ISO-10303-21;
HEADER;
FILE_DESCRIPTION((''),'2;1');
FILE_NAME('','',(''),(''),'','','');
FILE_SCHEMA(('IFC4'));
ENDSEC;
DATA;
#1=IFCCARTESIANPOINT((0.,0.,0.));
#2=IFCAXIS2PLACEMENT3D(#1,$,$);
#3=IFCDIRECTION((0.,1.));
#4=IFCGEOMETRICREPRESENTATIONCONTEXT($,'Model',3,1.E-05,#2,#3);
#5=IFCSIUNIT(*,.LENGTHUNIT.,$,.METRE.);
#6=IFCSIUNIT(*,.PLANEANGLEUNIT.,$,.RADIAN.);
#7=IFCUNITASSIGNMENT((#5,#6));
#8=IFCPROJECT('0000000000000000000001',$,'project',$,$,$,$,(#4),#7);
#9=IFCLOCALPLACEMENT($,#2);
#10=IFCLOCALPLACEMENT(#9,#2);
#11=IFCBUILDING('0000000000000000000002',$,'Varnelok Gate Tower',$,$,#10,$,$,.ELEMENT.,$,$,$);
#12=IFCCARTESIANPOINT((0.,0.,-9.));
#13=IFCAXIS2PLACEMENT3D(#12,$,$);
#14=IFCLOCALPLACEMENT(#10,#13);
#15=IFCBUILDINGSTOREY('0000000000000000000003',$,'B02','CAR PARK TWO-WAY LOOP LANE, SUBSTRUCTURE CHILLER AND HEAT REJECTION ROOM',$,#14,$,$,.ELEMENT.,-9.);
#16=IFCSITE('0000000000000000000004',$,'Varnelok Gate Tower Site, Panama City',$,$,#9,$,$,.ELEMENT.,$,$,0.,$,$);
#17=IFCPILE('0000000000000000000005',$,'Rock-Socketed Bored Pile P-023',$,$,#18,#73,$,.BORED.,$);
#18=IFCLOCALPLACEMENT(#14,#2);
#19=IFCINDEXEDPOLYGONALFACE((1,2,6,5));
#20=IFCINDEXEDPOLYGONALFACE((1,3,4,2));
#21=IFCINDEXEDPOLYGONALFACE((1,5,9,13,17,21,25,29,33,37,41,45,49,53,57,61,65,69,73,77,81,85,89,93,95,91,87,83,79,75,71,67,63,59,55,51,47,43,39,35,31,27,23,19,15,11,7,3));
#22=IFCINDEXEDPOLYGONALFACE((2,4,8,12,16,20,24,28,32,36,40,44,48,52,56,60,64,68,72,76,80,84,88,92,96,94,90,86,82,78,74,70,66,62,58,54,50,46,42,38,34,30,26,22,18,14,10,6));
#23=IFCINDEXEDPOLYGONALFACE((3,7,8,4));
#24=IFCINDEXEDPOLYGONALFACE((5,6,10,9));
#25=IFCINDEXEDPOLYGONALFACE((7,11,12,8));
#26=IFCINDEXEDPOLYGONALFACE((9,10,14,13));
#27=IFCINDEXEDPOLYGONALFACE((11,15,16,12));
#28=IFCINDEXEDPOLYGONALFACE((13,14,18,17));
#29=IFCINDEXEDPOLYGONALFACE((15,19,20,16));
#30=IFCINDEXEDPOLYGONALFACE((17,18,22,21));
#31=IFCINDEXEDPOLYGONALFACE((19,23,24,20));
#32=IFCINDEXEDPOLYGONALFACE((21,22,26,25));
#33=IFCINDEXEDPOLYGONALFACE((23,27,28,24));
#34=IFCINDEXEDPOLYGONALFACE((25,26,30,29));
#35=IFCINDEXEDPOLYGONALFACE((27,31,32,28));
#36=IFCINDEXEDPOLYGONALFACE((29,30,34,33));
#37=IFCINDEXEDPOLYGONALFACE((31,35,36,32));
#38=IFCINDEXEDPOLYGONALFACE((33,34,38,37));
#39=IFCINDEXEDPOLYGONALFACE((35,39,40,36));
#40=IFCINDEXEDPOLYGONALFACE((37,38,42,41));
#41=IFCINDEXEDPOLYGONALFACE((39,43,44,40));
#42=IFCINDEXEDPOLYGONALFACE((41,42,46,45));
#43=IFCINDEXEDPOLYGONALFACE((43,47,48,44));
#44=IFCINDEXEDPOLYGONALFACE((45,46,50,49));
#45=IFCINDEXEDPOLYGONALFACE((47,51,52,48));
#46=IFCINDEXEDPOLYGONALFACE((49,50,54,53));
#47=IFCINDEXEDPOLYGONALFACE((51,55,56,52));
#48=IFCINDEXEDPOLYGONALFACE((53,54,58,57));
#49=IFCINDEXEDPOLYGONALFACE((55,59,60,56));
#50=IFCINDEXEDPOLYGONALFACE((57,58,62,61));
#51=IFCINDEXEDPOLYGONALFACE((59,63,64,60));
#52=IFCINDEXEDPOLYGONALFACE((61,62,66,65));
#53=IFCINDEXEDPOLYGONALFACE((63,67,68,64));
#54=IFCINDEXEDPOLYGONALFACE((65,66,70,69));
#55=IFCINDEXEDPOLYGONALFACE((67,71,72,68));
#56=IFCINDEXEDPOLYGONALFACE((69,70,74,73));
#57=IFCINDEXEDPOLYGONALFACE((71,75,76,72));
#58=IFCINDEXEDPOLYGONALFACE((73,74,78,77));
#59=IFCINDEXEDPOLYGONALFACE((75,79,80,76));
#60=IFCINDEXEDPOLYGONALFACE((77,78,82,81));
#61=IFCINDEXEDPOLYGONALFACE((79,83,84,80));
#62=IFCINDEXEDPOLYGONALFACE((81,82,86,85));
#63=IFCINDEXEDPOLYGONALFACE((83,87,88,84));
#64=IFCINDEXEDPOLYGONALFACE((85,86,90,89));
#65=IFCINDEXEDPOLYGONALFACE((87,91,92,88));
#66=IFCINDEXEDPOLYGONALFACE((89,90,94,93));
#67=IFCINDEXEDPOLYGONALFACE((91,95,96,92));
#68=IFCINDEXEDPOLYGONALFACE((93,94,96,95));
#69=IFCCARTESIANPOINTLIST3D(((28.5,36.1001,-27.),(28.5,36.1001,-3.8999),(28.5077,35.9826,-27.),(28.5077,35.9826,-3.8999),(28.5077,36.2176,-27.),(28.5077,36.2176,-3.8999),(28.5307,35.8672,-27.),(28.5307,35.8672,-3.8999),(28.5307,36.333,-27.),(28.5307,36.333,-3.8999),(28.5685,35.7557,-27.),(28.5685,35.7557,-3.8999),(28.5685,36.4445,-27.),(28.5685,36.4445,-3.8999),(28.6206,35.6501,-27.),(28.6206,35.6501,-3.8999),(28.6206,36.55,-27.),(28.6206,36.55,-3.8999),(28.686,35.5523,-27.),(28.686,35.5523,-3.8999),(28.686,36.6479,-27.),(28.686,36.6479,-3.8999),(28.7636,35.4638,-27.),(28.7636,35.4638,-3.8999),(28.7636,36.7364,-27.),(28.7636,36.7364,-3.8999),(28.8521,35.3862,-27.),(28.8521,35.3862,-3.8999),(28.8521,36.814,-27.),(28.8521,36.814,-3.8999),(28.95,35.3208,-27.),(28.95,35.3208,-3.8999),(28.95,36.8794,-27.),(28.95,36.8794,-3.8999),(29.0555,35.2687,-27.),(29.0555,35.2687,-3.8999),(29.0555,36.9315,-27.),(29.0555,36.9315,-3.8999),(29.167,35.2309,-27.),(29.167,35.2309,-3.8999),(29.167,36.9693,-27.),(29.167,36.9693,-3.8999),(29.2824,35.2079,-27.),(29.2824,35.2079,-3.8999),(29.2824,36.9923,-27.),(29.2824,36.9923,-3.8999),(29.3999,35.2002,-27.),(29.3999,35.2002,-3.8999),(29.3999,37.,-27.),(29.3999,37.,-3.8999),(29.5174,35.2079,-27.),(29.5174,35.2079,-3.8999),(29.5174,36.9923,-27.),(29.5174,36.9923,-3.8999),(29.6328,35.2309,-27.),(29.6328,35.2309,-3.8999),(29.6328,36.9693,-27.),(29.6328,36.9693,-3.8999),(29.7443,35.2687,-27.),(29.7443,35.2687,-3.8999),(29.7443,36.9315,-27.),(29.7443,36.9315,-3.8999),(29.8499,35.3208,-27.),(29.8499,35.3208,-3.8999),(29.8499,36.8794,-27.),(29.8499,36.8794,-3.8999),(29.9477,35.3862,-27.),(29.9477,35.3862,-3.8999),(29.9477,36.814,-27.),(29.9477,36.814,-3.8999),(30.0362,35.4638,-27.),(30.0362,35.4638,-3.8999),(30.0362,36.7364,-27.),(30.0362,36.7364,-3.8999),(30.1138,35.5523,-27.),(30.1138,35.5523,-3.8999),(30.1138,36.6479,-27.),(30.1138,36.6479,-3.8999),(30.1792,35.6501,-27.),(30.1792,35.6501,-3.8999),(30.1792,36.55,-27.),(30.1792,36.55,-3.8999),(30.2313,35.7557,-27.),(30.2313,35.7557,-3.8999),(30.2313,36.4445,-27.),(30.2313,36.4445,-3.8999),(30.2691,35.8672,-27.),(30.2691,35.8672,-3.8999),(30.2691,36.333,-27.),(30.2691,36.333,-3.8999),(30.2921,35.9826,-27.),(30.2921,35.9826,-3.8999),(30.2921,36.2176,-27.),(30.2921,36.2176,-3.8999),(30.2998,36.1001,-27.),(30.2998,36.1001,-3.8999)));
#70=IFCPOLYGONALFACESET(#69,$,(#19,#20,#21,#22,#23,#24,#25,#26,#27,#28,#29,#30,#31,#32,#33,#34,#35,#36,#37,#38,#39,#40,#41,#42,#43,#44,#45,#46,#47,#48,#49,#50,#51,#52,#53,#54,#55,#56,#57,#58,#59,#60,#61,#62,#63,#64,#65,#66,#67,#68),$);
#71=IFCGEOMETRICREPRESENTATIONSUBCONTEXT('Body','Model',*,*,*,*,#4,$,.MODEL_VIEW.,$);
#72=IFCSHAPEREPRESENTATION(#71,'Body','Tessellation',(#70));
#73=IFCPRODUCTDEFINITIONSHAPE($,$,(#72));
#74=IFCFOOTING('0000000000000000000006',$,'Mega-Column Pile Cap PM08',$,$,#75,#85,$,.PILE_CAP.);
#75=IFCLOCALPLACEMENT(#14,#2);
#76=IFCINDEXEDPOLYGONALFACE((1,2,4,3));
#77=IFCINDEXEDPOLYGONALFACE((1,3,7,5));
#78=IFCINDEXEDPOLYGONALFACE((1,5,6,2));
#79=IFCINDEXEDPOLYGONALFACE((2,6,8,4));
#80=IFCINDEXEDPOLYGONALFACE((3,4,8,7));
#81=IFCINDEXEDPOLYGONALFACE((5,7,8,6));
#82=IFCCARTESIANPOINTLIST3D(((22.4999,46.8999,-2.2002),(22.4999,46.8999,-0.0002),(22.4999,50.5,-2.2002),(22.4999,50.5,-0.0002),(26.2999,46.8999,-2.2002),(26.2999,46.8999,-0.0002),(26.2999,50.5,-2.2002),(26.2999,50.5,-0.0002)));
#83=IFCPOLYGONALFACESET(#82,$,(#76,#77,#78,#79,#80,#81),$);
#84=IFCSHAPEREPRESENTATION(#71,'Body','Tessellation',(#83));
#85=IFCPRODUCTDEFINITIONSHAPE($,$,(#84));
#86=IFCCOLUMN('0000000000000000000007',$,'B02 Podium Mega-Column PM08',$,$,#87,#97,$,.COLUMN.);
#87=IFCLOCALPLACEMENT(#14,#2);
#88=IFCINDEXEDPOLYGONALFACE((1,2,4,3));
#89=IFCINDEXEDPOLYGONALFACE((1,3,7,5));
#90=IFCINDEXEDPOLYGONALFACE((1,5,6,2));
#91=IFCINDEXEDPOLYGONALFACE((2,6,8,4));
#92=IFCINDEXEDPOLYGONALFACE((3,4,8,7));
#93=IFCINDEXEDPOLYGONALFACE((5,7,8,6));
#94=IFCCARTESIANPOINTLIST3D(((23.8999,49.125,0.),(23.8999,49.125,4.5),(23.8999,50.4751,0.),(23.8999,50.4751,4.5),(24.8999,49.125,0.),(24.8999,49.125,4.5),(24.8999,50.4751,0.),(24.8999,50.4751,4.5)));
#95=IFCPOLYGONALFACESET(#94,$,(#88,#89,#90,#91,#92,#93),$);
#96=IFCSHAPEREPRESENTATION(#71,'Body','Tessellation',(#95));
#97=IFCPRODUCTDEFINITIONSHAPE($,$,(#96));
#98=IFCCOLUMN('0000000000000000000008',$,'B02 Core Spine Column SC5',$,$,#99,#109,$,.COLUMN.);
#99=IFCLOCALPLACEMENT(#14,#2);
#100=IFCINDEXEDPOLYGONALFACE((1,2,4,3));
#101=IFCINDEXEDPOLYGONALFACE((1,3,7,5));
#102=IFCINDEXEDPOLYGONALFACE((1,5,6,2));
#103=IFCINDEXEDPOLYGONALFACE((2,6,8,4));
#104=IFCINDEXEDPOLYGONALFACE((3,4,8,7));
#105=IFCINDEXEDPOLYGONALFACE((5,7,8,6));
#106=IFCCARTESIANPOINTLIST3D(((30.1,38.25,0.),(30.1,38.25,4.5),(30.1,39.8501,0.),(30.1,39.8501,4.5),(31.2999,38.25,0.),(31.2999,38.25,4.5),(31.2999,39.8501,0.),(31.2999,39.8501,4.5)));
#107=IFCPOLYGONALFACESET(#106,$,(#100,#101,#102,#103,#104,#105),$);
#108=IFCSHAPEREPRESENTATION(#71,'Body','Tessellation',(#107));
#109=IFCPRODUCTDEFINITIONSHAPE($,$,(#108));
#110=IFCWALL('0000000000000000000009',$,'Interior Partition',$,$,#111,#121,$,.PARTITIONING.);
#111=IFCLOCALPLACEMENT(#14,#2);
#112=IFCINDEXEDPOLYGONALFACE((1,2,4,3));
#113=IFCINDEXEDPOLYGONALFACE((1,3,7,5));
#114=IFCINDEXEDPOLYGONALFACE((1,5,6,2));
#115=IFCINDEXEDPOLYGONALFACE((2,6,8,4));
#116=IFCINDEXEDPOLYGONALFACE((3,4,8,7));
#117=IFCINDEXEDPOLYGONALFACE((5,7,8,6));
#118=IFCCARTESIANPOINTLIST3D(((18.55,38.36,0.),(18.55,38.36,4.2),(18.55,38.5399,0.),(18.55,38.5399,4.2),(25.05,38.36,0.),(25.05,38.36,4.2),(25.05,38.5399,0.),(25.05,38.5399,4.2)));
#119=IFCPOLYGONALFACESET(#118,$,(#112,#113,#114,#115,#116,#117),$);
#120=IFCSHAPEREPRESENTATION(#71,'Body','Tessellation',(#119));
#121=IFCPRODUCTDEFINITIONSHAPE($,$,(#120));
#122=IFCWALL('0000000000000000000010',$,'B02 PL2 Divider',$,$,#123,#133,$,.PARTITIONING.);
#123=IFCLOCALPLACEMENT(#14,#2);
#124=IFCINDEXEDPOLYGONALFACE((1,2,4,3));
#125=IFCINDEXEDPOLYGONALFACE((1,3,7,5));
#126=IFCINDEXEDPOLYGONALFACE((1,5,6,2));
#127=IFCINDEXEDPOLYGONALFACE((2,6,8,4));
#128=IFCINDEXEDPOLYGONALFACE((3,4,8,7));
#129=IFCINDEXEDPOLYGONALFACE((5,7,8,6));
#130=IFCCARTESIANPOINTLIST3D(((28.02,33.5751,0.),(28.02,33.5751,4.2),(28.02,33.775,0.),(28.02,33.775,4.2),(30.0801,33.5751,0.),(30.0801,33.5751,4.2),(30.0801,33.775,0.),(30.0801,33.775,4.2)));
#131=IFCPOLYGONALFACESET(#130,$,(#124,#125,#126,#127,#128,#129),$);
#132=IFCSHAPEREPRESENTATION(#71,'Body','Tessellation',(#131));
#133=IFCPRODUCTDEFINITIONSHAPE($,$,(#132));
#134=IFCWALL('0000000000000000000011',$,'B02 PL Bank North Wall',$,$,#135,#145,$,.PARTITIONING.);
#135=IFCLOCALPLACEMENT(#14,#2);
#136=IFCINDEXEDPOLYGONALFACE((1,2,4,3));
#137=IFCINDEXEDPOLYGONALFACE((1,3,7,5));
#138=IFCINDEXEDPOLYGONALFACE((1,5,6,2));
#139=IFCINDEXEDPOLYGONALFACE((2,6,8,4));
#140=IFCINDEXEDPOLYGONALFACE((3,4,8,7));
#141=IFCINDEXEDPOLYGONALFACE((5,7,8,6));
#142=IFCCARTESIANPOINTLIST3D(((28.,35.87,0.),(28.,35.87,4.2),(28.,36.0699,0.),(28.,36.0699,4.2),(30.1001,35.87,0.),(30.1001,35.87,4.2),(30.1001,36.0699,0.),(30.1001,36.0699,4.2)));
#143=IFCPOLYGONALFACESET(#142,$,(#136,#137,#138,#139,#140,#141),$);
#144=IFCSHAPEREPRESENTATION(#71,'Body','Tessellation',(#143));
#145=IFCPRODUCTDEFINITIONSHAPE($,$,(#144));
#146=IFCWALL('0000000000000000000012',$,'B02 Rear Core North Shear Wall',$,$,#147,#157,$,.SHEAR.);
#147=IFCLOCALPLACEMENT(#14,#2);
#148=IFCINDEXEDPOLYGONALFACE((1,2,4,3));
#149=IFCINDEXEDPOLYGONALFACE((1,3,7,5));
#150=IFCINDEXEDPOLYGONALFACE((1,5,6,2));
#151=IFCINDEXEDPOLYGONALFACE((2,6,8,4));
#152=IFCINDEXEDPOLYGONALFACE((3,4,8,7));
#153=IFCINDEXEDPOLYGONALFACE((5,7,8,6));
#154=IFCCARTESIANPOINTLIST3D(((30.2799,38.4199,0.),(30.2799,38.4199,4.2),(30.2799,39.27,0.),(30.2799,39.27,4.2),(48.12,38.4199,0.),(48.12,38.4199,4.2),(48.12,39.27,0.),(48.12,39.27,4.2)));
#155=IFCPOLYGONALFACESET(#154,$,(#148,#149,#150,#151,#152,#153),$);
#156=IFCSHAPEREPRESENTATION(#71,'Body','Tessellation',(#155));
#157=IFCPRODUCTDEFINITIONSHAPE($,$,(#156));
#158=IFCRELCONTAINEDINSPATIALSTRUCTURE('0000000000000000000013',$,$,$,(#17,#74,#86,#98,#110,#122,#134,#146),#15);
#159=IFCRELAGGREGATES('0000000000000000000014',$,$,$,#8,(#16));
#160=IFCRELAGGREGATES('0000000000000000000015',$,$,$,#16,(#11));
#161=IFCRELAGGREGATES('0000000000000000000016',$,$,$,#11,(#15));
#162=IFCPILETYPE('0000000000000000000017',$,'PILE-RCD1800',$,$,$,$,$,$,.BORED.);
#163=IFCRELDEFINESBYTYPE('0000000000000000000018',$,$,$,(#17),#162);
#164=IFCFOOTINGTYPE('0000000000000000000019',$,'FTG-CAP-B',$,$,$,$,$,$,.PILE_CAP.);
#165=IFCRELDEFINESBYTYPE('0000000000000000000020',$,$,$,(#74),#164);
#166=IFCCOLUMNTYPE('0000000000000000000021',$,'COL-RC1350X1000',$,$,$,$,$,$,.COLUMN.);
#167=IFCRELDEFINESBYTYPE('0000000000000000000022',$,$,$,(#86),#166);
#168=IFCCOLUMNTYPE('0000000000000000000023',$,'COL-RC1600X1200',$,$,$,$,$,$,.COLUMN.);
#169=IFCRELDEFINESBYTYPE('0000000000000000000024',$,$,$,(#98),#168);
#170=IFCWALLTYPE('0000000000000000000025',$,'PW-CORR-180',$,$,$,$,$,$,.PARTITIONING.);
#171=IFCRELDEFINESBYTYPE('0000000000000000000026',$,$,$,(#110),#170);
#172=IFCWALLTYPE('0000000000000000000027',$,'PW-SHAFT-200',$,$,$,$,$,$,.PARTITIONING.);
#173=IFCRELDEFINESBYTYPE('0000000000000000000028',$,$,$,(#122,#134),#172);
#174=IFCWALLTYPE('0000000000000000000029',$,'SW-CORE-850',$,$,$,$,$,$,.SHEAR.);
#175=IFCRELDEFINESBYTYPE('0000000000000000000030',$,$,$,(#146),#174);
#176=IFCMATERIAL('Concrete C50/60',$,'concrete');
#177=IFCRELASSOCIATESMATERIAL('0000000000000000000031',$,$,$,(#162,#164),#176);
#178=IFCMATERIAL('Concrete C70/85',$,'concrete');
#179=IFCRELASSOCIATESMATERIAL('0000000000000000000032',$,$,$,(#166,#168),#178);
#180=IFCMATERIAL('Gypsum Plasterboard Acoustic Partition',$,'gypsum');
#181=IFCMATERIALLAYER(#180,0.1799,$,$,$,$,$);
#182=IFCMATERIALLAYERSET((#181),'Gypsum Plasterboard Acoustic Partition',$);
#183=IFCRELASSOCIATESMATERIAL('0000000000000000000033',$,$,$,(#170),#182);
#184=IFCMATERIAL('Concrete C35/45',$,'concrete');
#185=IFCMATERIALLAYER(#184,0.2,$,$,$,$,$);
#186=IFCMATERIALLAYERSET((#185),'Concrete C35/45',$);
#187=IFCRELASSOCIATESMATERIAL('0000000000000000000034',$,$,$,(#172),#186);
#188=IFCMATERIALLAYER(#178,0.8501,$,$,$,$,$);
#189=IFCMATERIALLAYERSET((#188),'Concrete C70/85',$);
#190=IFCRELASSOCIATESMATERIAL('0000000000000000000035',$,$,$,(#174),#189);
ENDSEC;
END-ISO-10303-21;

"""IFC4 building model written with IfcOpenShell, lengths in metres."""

from ifc_helpers import new_model, si_unit, direction, frame, frame_2d, origin, origin_2d, place, context, subcontext, project, spatial, rectangle, circle, extrude, source, transform, mapped, material, layer, layer_set, material_profile, profile_set, type_object, element, save


model = new_model("IFC4")

# Units and contexts
model_context = context("Model", 3, precision=1e-05, world=origin(), true_north=direction((0.0, 1.0)))
body_context = subcontext(model_context, "Body", "Model", "MODEL_VIEW")
ifc_project = project(units=[si_unit("LENGTHUNIT", "METRE"), si_unit("PLANEANGLEUNIT", "RADIAN")], contexts=[model_context])

# Site, building, storey
site_placement = place(None, origin())
site = spatial("IfcSite", under=ifc_project, at=site_placement, Name="Varnelok Gate Tower Site, Panama City", CompositionType="ELEMENT", RefElevation=0.0)
building_placement = place(site_placement, origin())
building = spatial("IfcBuilding", under=site, at=building_placement, Name="Varnelok Gate Tower", CompositionType="ELEMENT")
storey_placement = place(building_placement, frame((0.0, 0.0, -9.0)))
storey = spatial("IfcBuildingStorey", under=building, at=storey_placement, Name="B02", Description="CAR PARK TWO-WAY LOOP LANE, SUBSTRUCTURE CHILLER AND HEAT REJECTION ROOM", CompositionType="ELEMENT", Elevation=-9.0)

# Shared definitions
ifc_material_1 = material(Name="Concrete C50/60", Category="concrete")

# Pile
ifc_material_profile_1 = material_profile(ifc_material_1, circle(Radius=0.8999, at=origin_2d()), Name="RCD1800")
ifc_profile_set_1 = profile_set([ifc_material_profile_1], Name="Concrete C50/60")
pile_type_1 = type_object("IfcPileType", Name="PILE-RCD1800", PredefinedType="BORED", material=ifc_profile_set_1)
pile_placement = place(storey_placement, frame((29.3999, 36.1001, -3.8999), z_axis=(0.0, 0.0, -1.0), x_axis=(1.0, 0.0, 0.0)))
element("IfcPile", 1, at=pile_placement, inside=storey, type_object=pile_type_1, Name="Rock-Socketed Bored Pile P-023", PredefinedType="BORED", context=body_context, shape_type="SweptSolid", body=[
    extrude(circle(Radius=0.8999, at=origin_2d()), origin(), (0.0, 0.0, 1.0), 23.1001),
])

# Footing
footing_type_1 = type_object("IfcFootingType", Name="FTG-CAP-B", PredefinedType="PILE_CAP", material=ifc_material_1)
shared_shape_1 = source(origin(), body_context, "Body", "SweptSolid", [
    extrude(rectangle(XDim=3.8, YDim=3.6001, at=origin_2d()), origin(), (0.0, 0.0, 1.0), 2.2),
])
footing_1_placement = place(storey_placement, frame((24.3999, 48.7, -2.2002), z_axis=(0.0, 0.0, 1.0), x_axis=(1.0, 0.0, 0.0)))
element("IfcFooting", 2, at=footing_1_placement, inside=storey, type_object=footing_type_1, Name="Mega-Column Pile Cap PM08", PredefinedType="PILE_CAP", context=body_context, shape_type="MappedRepresentation", body=[
    mapped(shared_shape_1, transform((0.0, 0.0, 0.0), scale=1.0)),
])

# Columns
ifc_material_2 = material(Name="Concrete C70/85", Category="concrete")
ifc_material_profile_2 = material_profile(ifc_material_2, rectangle(XDim=1.0, YDim=1.3501, at=origin_2d()), Name="RC1350X1000")
ifc_profile_set_2 = profile_set([ifc_material_profile_2], Name="Concrete C70/85")
column_type_1 = type_object("IfcColumnType", Name="COL-RC1350X1000", PredefinedType="COLUMN", material=ifc_profile_set_2)
column_1_placement = place(storey_placement, frame((24.3999, 49.8, 0.0), z_axis=(0.0, 0.0, 1.0), x_axis=(1.0, 0.0, 0.0)))
element("IfcColumn", 3, at=column_1_placement, inside=storey, type_object=column_type_1, Name="B02 Podium Mega-Column PM08", PredefinedType="COLUMN", context=body_context, shape_type="SweptSolid", body=[
    extrude(rectangle(XDim=1.0, YDim=1.3501, at=origin_2d()), origin(), (0.0, 0.0, 1.0), 4.5),
])
ifc_material_profile_3 = material_profile(ifc_material_2, rectangle(XDim=1.2, YDim=1.6001, at=origin_2d()), Name="RC1600X1200")
ifc_profile_set_3 = profile_set([ifc_material_profile_3], Name="Concrete C70/85")
column_type_2 = type_object("IfcColumnType", Name="COL-RC1600X1200", PredefinedType="COLUMN", material=ifc_profile_set_3)
column_2_placement = place(storey_placement, frame((30.7, 39.05, 0.0), z_axis=(0.0, 0.0, 1.0), x_axis=(1.0, 0.0, 0.0)))
element("IfcColumn", 4, at=column_2_placement, inside=storey, type_object=column_type_2, Name="B02 Core Spine Column SC5", PredefinedType="COLUMN", context=body_context, shape_type="SweptSolid", body=[
    extrude(rectangle(XDim=1.2, YDim=1.6001, at=origin_2d()), origin(), (0.0, 0.0, 1.0), 4.5),
])

# Walls
ifc_material_3 = material(Name="Gypsum Plasterboard Acoustic Partition", Category="gypsum")
ifc_layer_1 = layer(ifc_material_3, 0.1799)
ifc_layer_set_1 = layer_set([ifc_layer_1], Name="Gypsum Plasterboard Acoustic Partition")
wall_type_1 = type_object("IfcWallType", Name="PW-CORR-180", PredefinedType="PARTITIONING", material=ifc_layer_set_1)
wall_1_placement = place(storey_placement, frame((18.55, 38.45, 0.0), z_axis=(0.0, 0.0, 1.0), x_axis=(1.0, 0.0, 0.0)))
element("IfcWall", 5, at=wall_1_placement, inside=storey, type_object=wall_type_1, Name="Interior Partition", PredefinedType="PARTITIONING", context=body_context, shape_type="SweptSolid", body=[
    extrude(rectangle(XDim=6.5, YDim=0.1799, at=frame_2d((3.25, 0.0))), origin(), (0.0, 0.0, 1.0), 4.2),
])
ifc_material_4 = material(Name="Concrete C35/45", Category="concrete")
ifc_layer_2 = layer(ifc_material_4, 0.2)
ifc_layer_set_2 = layer_set([ifc_layer_2], Name="Concrete C35/45")
wall_type_2 = type_object("IfcWallType", Name="PW-SHAFT-200", PredefinedType="PARTITIONING", material=ifc_layer_set_2)
wall_2_placement = place(storey_placement, frame((28.02, 33.675, 0.0), z_axis=(0.0, 0.0, 1.0), x_axis=(1.0, 0.0, 0.0)))
element("IfcWall", 6, at=wall_2_placement, inside=storey, type_object=wall_type_2, Name="B02 PL2 Divider", PredefinedType="PARTITIONING", context=body_context, shape_type="SweptSolid", body=[
    extrude(rectangle(XDim=2.0601, YDim=0.2, at=frame_2d((1.03, 0.0))), origin(), (0.0, 0.0, 1.0), 4.2),
])
wall_3_placement = place(storey_placement, frame((28.0, 35.97, 0.0), z_axis=(0.0, 0.0, 1.0), x_axis=(1.0, 0.0, 0.0)))
element("IfcWall", 7, at=wall_3_placement, inside=storey, type_object=wall_type_2, Name="B02 PL Bank North Wall", PredefinedType="PARTITIONING", context=body_context, shape_type="SweptSolid", body=[
    extrude(rectangle(XDim=2.1001, YDim=0.2, at=frame_2d((1.05, 0.0))), origin(), (0.0, 0.0, 1.0), 4.2),
])
ifc_layer_3 = layer(ifc_material_2, 0.8501)
ifc_layer_set_3 = layer_set([ifc_layer_3], Name="Concrete C70/85")
wall_type_3 = type_object("IfcWallType", Name="SW-CORE-850", PredefinedType="SHEAR", material=ifc_layer_set_3)
wall_4_placement = place(storey_placement, frame((30.28, 38.845, 0.0), z_axis=(0.0, 0.0, 1.0), x_axis=(1.0, 0.0, 0.0)))
element("IfcWall", 8, at=wall_4_placement, inside=storey, type_object=wall_type_3, Name="B02 Rear Core North Shear Wall", PredefinedType="SHEAR", context=body_context, shape_type="SweptSolid", body=[
    extrude(rectangle(XDim=17.8401, YDim=0.8501, at=frame_2d((8.9199, 0.0))), origin(), (0.0, 0.0, 1.0), 4.2),
])

save(model, "model.ifc")
